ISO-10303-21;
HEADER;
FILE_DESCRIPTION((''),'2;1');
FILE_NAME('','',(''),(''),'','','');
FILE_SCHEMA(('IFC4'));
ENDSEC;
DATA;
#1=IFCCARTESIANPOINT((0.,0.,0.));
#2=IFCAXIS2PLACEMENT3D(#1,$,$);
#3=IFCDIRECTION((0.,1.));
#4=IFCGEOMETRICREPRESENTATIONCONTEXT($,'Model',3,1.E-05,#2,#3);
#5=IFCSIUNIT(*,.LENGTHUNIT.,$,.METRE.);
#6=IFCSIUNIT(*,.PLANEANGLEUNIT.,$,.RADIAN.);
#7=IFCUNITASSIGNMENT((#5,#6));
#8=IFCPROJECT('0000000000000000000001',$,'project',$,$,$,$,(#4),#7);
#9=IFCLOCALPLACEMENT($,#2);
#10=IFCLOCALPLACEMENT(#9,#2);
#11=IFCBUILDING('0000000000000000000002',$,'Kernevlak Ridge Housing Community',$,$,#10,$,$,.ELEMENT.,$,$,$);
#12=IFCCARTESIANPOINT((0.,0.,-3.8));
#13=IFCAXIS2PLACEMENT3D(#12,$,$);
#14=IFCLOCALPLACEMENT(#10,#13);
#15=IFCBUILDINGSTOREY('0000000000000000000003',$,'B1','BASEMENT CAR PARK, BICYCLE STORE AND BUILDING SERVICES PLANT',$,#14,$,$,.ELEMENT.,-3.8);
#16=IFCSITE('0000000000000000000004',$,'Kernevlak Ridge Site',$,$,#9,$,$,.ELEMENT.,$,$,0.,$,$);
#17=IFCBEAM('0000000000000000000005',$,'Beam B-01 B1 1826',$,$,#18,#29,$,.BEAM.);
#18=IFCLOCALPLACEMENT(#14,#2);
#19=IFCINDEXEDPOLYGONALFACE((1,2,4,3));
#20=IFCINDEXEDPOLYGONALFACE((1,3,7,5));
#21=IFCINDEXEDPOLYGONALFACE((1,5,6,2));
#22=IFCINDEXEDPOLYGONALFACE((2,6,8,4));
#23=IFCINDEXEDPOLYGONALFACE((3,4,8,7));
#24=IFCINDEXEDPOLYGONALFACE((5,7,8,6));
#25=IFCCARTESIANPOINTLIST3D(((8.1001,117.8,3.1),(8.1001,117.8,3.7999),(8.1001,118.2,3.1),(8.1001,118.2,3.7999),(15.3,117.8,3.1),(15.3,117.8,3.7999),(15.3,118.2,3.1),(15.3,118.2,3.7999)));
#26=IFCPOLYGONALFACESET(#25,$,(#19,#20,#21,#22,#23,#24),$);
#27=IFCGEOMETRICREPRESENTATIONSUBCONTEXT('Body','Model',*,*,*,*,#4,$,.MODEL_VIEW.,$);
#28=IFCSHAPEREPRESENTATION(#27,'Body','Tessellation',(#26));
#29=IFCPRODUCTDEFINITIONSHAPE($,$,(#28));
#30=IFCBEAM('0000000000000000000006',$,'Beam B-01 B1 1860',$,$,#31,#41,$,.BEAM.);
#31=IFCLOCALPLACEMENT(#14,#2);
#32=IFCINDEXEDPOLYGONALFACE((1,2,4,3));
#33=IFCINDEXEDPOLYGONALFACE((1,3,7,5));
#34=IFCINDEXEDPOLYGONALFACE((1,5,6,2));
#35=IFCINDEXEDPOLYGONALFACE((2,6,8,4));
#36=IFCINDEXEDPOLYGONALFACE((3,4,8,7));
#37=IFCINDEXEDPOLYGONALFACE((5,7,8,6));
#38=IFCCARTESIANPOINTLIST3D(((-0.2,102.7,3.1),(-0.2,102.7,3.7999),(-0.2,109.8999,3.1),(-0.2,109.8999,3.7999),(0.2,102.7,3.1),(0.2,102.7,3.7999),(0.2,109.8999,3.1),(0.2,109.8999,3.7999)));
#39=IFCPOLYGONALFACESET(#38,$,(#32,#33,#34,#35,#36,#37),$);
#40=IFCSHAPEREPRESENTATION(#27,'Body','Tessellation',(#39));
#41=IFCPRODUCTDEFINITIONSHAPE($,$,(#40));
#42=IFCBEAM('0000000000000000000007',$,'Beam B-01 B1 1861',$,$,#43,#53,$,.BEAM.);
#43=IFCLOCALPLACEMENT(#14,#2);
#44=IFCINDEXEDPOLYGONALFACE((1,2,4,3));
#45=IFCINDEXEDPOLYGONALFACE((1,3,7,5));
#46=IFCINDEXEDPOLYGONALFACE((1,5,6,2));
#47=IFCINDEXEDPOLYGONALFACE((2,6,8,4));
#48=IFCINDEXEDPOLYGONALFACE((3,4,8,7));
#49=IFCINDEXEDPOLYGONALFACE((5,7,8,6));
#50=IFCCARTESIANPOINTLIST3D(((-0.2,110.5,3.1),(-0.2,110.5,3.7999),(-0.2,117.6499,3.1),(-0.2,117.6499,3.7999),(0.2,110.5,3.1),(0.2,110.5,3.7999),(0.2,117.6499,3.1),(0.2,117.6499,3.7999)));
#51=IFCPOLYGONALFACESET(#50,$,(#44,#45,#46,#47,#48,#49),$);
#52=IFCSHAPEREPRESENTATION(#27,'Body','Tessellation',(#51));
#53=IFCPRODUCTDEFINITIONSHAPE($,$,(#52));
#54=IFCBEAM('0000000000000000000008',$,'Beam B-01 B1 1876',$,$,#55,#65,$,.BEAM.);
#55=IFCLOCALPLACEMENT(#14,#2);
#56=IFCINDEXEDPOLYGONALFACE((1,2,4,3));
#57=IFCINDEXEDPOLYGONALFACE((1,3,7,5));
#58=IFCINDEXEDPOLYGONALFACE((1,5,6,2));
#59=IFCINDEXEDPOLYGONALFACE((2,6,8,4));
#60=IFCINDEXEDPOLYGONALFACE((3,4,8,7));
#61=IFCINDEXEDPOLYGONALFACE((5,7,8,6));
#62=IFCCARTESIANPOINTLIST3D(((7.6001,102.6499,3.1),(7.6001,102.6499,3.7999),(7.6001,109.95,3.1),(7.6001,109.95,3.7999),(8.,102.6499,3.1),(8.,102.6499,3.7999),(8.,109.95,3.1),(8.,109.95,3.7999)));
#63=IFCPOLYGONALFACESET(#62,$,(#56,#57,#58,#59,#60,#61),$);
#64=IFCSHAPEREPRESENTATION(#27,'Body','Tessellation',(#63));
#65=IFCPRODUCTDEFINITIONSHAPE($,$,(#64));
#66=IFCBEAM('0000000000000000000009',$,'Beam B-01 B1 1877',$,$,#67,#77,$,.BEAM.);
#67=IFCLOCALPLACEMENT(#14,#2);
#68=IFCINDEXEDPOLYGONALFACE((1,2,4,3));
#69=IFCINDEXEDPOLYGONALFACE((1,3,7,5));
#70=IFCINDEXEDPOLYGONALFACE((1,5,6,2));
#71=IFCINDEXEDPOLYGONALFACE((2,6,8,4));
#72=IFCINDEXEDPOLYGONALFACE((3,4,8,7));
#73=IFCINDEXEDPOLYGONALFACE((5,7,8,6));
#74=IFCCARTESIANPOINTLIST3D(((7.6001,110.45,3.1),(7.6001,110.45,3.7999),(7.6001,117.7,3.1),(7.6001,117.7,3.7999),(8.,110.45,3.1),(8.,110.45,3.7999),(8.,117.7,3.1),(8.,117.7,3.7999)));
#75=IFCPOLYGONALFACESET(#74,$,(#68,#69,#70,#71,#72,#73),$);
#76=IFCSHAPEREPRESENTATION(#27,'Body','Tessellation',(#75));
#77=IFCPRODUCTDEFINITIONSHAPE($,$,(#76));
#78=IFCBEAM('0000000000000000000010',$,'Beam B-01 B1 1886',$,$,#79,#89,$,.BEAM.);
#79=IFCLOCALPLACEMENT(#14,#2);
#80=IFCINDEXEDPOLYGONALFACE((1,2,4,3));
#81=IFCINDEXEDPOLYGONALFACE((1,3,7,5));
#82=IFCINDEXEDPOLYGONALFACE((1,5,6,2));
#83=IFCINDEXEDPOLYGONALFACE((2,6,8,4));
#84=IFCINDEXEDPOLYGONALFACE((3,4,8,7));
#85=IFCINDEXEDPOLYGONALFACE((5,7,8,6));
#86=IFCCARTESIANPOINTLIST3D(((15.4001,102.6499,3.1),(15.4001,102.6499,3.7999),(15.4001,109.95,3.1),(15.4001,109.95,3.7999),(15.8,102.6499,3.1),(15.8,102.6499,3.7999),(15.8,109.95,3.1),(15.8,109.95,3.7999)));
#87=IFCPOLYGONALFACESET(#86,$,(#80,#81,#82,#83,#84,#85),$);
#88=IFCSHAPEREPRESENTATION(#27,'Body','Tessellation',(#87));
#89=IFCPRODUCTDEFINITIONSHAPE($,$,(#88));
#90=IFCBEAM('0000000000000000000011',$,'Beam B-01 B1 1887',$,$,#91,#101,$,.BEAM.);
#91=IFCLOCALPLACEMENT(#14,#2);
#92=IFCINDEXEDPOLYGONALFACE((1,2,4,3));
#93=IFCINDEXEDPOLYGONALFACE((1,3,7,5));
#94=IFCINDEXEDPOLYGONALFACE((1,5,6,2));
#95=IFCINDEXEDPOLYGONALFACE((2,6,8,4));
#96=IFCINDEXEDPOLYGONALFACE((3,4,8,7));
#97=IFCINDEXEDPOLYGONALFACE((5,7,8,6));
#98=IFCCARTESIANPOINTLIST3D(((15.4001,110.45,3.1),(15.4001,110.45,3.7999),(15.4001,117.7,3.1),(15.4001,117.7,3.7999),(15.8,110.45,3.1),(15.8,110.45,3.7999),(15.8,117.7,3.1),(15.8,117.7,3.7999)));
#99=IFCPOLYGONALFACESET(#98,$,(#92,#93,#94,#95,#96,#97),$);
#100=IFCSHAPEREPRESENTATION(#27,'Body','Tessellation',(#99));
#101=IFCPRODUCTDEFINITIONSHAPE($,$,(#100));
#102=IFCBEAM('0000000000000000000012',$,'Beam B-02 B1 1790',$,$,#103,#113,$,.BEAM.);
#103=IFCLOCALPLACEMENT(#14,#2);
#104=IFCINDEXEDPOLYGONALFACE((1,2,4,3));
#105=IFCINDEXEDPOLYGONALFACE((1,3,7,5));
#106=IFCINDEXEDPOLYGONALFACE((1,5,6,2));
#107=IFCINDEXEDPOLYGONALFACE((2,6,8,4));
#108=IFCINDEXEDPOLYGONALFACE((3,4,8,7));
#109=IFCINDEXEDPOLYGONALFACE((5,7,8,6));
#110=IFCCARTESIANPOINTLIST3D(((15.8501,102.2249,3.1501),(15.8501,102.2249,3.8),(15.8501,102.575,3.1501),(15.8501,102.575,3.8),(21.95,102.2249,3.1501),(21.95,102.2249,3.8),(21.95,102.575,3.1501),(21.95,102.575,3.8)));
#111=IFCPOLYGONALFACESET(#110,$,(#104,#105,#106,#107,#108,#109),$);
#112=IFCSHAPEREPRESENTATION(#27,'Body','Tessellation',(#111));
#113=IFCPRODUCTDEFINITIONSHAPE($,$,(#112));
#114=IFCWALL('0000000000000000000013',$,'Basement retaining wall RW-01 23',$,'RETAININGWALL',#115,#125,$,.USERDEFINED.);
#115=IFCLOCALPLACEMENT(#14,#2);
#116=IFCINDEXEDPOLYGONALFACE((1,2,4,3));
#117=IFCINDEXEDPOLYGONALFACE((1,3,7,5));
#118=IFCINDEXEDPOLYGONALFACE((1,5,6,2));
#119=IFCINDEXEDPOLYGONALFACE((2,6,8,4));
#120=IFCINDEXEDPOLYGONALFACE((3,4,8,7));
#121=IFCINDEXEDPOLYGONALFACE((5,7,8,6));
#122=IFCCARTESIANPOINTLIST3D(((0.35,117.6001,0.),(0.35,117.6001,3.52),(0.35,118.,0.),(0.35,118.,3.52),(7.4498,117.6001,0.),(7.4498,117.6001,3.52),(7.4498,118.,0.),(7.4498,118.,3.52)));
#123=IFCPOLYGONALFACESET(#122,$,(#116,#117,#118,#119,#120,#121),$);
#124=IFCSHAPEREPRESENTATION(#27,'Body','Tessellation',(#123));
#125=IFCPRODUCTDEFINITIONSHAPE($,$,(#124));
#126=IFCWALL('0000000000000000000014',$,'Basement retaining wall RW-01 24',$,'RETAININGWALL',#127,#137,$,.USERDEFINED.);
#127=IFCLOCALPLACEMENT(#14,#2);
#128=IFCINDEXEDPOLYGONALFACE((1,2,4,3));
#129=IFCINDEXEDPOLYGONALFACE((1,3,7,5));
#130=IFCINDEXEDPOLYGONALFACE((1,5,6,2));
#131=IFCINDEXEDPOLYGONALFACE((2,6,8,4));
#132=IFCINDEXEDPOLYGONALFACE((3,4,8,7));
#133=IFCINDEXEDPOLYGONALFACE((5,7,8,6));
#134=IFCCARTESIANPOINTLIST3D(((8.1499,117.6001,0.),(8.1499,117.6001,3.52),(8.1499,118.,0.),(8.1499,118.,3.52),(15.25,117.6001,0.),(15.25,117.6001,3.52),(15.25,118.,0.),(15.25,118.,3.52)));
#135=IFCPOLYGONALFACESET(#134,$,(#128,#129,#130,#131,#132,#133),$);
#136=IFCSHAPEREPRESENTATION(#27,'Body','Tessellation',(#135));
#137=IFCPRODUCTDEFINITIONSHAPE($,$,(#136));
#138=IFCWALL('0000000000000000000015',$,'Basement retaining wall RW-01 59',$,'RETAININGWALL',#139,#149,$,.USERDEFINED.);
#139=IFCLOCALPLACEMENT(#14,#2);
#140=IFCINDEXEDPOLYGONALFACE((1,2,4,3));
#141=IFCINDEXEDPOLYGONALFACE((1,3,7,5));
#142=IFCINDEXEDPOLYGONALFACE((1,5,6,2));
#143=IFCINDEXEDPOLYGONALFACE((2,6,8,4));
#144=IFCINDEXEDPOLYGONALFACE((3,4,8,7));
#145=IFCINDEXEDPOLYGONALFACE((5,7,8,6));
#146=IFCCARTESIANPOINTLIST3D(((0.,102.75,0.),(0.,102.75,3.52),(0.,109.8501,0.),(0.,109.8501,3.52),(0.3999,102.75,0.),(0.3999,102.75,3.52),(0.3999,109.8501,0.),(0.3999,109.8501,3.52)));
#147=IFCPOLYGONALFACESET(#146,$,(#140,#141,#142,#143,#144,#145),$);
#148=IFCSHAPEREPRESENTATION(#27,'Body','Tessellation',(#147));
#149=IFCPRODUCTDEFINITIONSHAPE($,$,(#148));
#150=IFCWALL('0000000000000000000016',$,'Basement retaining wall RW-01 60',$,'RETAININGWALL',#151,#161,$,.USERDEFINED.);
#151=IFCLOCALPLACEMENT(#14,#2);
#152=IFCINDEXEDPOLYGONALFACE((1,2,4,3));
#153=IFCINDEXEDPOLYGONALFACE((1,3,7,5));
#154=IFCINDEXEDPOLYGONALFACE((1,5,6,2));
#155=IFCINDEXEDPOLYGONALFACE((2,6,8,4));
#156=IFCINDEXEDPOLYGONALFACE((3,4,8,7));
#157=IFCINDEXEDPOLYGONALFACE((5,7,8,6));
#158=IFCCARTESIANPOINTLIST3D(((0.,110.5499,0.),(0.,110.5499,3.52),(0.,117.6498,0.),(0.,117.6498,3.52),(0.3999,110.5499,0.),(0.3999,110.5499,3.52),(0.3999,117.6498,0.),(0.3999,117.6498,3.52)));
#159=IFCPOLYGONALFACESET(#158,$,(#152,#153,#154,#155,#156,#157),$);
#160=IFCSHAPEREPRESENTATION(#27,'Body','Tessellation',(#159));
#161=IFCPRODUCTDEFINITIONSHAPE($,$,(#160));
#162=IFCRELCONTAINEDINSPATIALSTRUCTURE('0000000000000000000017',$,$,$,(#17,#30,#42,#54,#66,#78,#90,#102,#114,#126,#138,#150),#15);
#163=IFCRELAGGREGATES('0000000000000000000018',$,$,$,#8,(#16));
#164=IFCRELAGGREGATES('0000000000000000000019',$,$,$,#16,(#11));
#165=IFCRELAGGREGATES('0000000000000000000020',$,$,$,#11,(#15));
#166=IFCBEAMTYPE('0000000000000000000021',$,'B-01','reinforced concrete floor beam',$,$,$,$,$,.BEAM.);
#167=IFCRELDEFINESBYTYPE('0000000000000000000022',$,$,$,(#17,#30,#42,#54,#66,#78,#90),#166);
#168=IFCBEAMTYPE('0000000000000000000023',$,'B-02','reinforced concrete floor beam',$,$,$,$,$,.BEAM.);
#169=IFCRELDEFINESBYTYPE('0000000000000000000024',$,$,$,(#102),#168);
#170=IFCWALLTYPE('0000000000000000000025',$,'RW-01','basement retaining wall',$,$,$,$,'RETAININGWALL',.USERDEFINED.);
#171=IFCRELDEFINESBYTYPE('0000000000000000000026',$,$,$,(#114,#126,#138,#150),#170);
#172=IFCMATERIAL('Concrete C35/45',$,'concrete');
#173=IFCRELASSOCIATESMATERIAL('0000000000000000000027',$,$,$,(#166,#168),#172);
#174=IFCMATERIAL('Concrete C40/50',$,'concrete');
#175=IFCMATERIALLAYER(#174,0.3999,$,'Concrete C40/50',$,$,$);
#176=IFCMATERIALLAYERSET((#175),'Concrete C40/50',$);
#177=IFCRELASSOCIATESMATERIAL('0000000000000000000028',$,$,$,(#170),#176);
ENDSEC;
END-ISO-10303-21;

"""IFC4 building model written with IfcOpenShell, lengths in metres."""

from ifc_helpers import new_model, si_unit, direction, frame, frame_2d, origin, origin_2d, place, context, subcontext, project, spatial, rectangle, extrude, material, layer, layer_set, material_profile, profile_set, type_object, element, save


model = new_model("IFC4")

# Units and contexts
model_context = context("Model", 3, precision=1e-05, world=origin(), true_north=direction((0.0, 1.0)))
body_context = subcontext(model_context, "Body", "Model", "MODEL_VIEW")
ifc_project = project(units=[si_unit("LENGTHUNIT", "METRE"), si_unit("PLANEANGLEUNIT", "RADIAN")], contexts=[model_context])

# Site, building, storey
site_placement = place(None, origin())
site = spatial("IfcSite", under=ifc_project, at=site_placement, Name="Kernevlak Ridge Site", CompositionType="ELEMENT", RefElevation=0.0)
building_placement = place(site_placement, origin())
building = spatial("IfcBuilding", under=site, at=building_placement, Name="Kernevlak Ridge Housing Community", CompositionType="ELEMENT")
storey_placement = place(building_placement, frame((0.0, 0.0, -3.8)))
storey = spatial("IfcBuildingStorey", under=building, at=storey_placement, Name="B1", Description="BASEMENT CAR PARK, BICYCLE STORE AND BUILDING SERVICES PLANT", CompositionType="ELEMENT", Elevation=-3.8)

# Shared definitions
ifc_material_1 = material(Name="Concrete C35/45", Category="concrete")

# Shared definitions
ifc_material_2 = material(Name="Concrete C40/50", Category="concrete")

# Beams
ifc_material_profile_1 = material_profile(ifc_material_1, rectangle(XDim=0.3999, YDim=0.7, at=origin_2d()), Name="RC 400x700")
ifc_profile_set_1 = profile_set([ifc_material_profile_1], Name="Concrete C35/45")
beam_type_1 = type_object("IfcBeamType", Name="B-01", Description="reinforced concrete floor beam", PredefinedType="BEAM", material=ifc_profile_set_1)
for number, where, z_axis, x_axis, name in (
    (1, (8.1001, 118.0, 3.45), (1.0, 0.0, 0.0), (0.0, 1.0, 0.0), "Beam B-01 B1 1826"),
    (2, (0.0, 102.7, 3.45), (0.0, 1.0, 0.0), (-1.0, 0.0, 0.0), "Beam B-01 B1 1860"),
):
    element("IfcBeam", number, at=place(storey_placement, frame(where, z_axis=z_axis, x_axis=x_axis)), inside=storey, type_object=beam_type_1, Name=name, PredefinedType="BEAM", context=body_context, shape_type="SweptSolid", body=[
        extrude(rectangle(XDim=0.3999, YDim=0.7, at=origin_2d()), origin(), (0.0, 0.0, 1.0), 7.2),
    ])
beam_1_placement = place(storey_placement, frame((0.0, 110.5, 3.45), z_axis=(0.0, 1.0, 0.0), x_axis=(-1.0, 0.0, 0.0)))
element("IfcBeam", 3, at=beam_1_placement, inside=storey, type_object=beam_type_1, Name="Beam B-01 B1 1861", PredefinedType="BEAM", context=body_context, shape_type="SweptSolid", body=[
    extrude(rectangle(XDim=0.3999, YDim=0.7, at=origin_2d()), origin(), (0.0, 0.0, 1.0), 7.1499),
])
beam_2_placement = place(storey_placement, frame((7.8, 102.6499, 3.45), z_axis=(0.0, 1.0, 0.0), x_axis=(-1.0, 0.0, 0.0)))
element("IfcBeam", 4, at=beam_2_placement, inside=storey, type_object=beam_type_1, Name="Beam B-01 B1 1876", PredefinedType="BEAM", context=body_context, shape_type="SweptSolid", body=[
    extrude(rectangle(XDim=0.3999, YDim=0.7, at=origin_2d()), origin(), (0.0, 0.0, 1.0), 7.3),
])
beam_3_placement = place(storey_placement, frame((7.8, 110.45, 3.45), z_axis=(0.0, 1.0, 0.0), x_axis=(-1.0, 0.0, 0.0)))
element("IfcBeam", 5, at=beam_3_placement, inside=storey, type_object=beam_type_1, Name="Beam B-01 B1 1877", PredefinedType="BEAM", context=body_context, shape_type="SweptSolid", body=[
    extrude(rectangle(XDim=0.3999, YDim=0.7, at=origin_2d()), origin(), (0.0, 0.0, 1.0), 7.25),
])
beam_4_placement = place(storey_placement, frame((15.6001, 102.6499, 3.45), z_axis=(0.0, 1.0, 0.0), x_axis=(-1.0, 0.0, 0.0)))
element("IfcBeam", 6, at=beam_4_placement, inside=storey, type_object=beam_type_1, Name="Beam B-01 B1 1886", PredefinedType="BEAM", context=body_context, shape_type="SweptSolid", body=[
    extrude(rectangle(XDim=0.3999, YDim=0.7, at=origin_2d()), origin(), (0.0, 0.0, 1.0), 7.3),
])
beam_5_placement = place(storey_placement, frame((15.6001, 110.45, 3.45), z_axis=(0.0, 1.0, 0.0), x_axis=(-1.0, 0.0, 0.0)))
element("IfcBeam", 7, at=beam_5_placement, inside=storey, type_object=beam_type_1, Name="Beam B-01 B1 1887", PredefinedType="BEAM", context=body_context, shape_type="SweptSolid", body=[
    extrude(rectangle(XDim=0.3999, YDim=0.7, at=origin_2d()), origin(), (0.0, 0.0, 1.0), 7.25),
])
ifc_material_profile_2 = material_profile(ifc_material_1, rectangle(XDim=0.3501, YDim=0.6499, at=origin_2d()), Name="RC 350x650")
ifc_profile_set_2 = profile_set([ifc_material_profile_2], Name="Concrete C35/45")
beam_type_2 = type_object("IfcBeamType", Name="B-02", Description="reinforced concrete floor beam", PredefinedType="BEAM", material=ifc_profile_set_2)
beam_6_placement = place(storey_placement, frame((15.8501, 102.3999, 3.4751), z_axis=(1.0, 0.0, 0.0), x_axis=(0.0, 1.0, 0.0)))
element("IfcBeam", 8, at=beam_6_placement, inside=storey, type_object=beam_type_2, Name="Beam B-02 B1 1790", PredefinedType="BEAM", context=body_context, shape_type="SweptSolid", body=[
    extrude(rectangle(XDim=0.3501, YDim=0.6499, at=origin_2d()), origin(), (0.0, 0.0, 1.0), 6.0999),
])

# Walls
ifc_layer = layer(ifc_material_2, 0.3999, Name="Concrete C40/50")
ifc_layer_set = layer_set([ifc_layer], Name="Concrete C40/50")
wall_type = type_object("IfcWallType", Name="RW-01", Description="basement retaining wall", ElementType="RETAININGWALL", PredefinedType="USERDEFINED", material=ifc_layer_set)
wall_1_placement = place(storey_placement, frame((0.3501, 117.8, 0.0), z_axis=(0.0, 0.0, 1.0), x_axis=(1.0, 0.0, 0.0)))
element("IfcWall", 9, at=wall_1_placement, inside=storey, type_object=wall_type, Name="Basement retaining wall RW-01 23", ObjectType="RETAININGWALL", PredefinedType="USERDEFINED", context=body_context, shape_type="SweptSolid", body=[
    extrude(rectangle(XDim=7.0999, YDim=0.3999, at=frame_2d((3.5498, 0.0))), origin(), (0.0, 0.0, 1.0), 3.52),
])
for number, where, z_axis, x_axis, name in (
    (10, (8.1499, 117.8, 0.0), (0.0, 0.0, 1.0), (1.0, 0.0, 0.0), "Basement retaining wall RW-01 24"),
    (11, (0.2, 102.75, 0.0), (0.0, 0.0, 1.0), (0.0, 1.0, 0.0), "Basement retaining wall RW-01 59"),
):
    element("IfcWall", number, at=place(storey_placement, frame(where, z_axis=z_axis, x_axis=x_axis)), inside=storey, type_object=wall_type, Name=name, ObjectType="RETAININGWALL", PredefinedType="USERDEFINED", context=body_context, shape_type="SweptSolid", body=[
        extrude(rectangle(XDim=7.1001, YDim=0.3999, at=frame_2d((3.55, 0.0))), origin(), (0.0, 0.0, 1.0), 3.52),
    ])
wall_2_placement = place(storey_placement, frame((0.2, 110.55, 0.0), z_axis=(0.0, 0.0, 1.0), x_axis=(0.0, 1.0, 0.0)))
element("IfcWall", 12, at=wall_2_placement, inside=storey, type_object=wall_type, Name="Basement retaining wall RW-01 60", ObjectType="RETAININGWALL", PredefinedType="USERDEFINED", context=body_context, shape_type="SweptSolid", body=[
    extrude(rectangle(XDim=7.0999, YDim=0.3999, at=frame_2d((3.5498, 0.0))), origin(), (0.0, 0.0, 1.0), 3.52),
])

save(model, "model.ifc")
